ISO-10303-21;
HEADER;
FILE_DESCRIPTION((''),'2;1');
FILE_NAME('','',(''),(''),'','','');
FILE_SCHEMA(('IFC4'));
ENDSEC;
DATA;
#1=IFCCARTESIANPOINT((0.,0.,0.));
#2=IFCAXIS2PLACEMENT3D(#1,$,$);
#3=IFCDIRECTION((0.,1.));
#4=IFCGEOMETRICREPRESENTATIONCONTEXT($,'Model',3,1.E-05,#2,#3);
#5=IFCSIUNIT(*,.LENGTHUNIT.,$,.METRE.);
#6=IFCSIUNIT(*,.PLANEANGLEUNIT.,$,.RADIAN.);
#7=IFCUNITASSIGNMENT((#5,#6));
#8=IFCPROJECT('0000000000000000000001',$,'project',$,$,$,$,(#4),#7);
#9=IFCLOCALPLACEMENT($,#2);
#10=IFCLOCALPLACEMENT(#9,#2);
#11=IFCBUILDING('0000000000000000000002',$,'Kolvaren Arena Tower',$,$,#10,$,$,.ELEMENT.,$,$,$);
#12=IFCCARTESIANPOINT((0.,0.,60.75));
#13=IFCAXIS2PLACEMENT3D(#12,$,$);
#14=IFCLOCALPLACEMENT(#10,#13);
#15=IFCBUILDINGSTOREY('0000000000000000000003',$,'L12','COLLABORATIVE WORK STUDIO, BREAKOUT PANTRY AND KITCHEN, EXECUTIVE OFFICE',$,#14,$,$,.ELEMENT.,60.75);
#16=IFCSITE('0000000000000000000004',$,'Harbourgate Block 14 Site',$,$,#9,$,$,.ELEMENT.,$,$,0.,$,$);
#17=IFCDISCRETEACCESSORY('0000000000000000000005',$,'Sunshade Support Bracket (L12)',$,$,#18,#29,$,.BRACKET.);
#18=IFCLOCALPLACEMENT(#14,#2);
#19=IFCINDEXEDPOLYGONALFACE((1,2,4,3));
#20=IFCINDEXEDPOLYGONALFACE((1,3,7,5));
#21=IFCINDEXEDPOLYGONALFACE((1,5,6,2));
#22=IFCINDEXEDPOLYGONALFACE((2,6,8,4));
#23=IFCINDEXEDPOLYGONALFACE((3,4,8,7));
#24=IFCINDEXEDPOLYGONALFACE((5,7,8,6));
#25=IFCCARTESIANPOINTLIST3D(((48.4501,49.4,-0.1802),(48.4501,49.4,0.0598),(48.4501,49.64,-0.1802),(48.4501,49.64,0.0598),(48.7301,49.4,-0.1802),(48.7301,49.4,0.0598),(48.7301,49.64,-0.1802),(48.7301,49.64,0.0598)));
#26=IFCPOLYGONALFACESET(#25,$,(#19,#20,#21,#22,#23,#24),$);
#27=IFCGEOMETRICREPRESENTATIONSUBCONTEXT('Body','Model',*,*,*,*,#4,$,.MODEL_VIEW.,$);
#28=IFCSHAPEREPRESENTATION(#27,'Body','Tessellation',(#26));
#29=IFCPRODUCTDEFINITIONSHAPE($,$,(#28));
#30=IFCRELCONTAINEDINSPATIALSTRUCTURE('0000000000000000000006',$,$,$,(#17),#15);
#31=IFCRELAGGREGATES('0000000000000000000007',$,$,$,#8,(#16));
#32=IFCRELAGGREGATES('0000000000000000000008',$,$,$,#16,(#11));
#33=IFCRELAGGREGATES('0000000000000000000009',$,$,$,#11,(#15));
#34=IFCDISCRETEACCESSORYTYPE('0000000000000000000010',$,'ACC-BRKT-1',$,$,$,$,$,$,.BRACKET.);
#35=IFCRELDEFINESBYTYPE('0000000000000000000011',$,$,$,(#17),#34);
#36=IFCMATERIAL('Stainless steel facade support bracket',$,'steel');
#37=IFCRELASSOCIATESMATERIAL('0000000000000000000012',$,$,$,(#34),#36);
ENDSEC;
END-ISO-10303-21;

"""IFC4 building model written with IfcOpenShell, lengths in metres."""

from ifc_helpers import new_model, si_unit, direction, frame, origin, origin_2d, place, context, subcontext, project, spatial, rectangle, extrude, material, type_object, element, save


model = new_model("IFC4")

# Units and contexts
model_context = context("Model", 3, precision=1e-05, world=origin(), true_north=direction((0.0, 1.0)))
body_context = subcontext(model_context, "Body", "Model", "MODEL_VIEW")
ifc_project = project(units=[si_unit("LENGTHUNIT", "METRE"), si_unit("PLANEANGLEUNIT", "RADIAN")], contexts=[model_context])

# Site, building, storey
site_placement = place(None, origin())
site = spatial("IfcSite", under=ifc_project, at=site_placement, Name="Harbourgate Block 14 Site", CompositionType="ELEMENT", RefElevation=0.0)
building_placement = place(site_placement, origin())
building = spatial("IfcBuilding", under=site, at=building_placement, Name="Kolvaren Arena Tower", CompositionType="ELEMENT")
storey_placement = place(building_placement, frame((0.0, 0.0, 60.75)))
storey = spatial("IfcBuildingStorey", under=building, at=storey_placement, Name="L12", Description="COLLABORATIVE WORK STUDIO, BREAKOUT PANTRY AND KITCHEN, EXECUTIVE OFFICE", CompositionType="ELEMENT", Elevation=60.75)

# Discrete accessory
ifc_material_1 = material(Name="Stainless steel facade support bracket", Category="steel")
discrete_accessory_type = type_object("IfcDiscreteAccessoryType", Name="ACC-BRKT-1", PredefinedType="BRACKET", material=ifc_material_1)
for number, where, z_axis, x_axis, name in (
    (1, (48.5901, 49.52, -0.1802), (0.0, 0.0, 1.0), (1.0, 0.0, 0.0), "Sunshade Support Bracket (L12)"),
):
    element("IfcDiscreteAccessory", number, at=place(storey_placement, frame(where, z_axis=z_axis, x_axis=x_axis)), inside=storey, type_object=discrete_accessory_type, Name=name, PredefinedType="BRACKET", context=body_context, shape_type="SweptSolid", body=[
        extrude(rectangle(XDim=0.28, YDim=0.24, at=origin_2d()), origin(), (0.0, 0.0, 1.0), 0.24),
    ])

save(model, "model.ifc")
